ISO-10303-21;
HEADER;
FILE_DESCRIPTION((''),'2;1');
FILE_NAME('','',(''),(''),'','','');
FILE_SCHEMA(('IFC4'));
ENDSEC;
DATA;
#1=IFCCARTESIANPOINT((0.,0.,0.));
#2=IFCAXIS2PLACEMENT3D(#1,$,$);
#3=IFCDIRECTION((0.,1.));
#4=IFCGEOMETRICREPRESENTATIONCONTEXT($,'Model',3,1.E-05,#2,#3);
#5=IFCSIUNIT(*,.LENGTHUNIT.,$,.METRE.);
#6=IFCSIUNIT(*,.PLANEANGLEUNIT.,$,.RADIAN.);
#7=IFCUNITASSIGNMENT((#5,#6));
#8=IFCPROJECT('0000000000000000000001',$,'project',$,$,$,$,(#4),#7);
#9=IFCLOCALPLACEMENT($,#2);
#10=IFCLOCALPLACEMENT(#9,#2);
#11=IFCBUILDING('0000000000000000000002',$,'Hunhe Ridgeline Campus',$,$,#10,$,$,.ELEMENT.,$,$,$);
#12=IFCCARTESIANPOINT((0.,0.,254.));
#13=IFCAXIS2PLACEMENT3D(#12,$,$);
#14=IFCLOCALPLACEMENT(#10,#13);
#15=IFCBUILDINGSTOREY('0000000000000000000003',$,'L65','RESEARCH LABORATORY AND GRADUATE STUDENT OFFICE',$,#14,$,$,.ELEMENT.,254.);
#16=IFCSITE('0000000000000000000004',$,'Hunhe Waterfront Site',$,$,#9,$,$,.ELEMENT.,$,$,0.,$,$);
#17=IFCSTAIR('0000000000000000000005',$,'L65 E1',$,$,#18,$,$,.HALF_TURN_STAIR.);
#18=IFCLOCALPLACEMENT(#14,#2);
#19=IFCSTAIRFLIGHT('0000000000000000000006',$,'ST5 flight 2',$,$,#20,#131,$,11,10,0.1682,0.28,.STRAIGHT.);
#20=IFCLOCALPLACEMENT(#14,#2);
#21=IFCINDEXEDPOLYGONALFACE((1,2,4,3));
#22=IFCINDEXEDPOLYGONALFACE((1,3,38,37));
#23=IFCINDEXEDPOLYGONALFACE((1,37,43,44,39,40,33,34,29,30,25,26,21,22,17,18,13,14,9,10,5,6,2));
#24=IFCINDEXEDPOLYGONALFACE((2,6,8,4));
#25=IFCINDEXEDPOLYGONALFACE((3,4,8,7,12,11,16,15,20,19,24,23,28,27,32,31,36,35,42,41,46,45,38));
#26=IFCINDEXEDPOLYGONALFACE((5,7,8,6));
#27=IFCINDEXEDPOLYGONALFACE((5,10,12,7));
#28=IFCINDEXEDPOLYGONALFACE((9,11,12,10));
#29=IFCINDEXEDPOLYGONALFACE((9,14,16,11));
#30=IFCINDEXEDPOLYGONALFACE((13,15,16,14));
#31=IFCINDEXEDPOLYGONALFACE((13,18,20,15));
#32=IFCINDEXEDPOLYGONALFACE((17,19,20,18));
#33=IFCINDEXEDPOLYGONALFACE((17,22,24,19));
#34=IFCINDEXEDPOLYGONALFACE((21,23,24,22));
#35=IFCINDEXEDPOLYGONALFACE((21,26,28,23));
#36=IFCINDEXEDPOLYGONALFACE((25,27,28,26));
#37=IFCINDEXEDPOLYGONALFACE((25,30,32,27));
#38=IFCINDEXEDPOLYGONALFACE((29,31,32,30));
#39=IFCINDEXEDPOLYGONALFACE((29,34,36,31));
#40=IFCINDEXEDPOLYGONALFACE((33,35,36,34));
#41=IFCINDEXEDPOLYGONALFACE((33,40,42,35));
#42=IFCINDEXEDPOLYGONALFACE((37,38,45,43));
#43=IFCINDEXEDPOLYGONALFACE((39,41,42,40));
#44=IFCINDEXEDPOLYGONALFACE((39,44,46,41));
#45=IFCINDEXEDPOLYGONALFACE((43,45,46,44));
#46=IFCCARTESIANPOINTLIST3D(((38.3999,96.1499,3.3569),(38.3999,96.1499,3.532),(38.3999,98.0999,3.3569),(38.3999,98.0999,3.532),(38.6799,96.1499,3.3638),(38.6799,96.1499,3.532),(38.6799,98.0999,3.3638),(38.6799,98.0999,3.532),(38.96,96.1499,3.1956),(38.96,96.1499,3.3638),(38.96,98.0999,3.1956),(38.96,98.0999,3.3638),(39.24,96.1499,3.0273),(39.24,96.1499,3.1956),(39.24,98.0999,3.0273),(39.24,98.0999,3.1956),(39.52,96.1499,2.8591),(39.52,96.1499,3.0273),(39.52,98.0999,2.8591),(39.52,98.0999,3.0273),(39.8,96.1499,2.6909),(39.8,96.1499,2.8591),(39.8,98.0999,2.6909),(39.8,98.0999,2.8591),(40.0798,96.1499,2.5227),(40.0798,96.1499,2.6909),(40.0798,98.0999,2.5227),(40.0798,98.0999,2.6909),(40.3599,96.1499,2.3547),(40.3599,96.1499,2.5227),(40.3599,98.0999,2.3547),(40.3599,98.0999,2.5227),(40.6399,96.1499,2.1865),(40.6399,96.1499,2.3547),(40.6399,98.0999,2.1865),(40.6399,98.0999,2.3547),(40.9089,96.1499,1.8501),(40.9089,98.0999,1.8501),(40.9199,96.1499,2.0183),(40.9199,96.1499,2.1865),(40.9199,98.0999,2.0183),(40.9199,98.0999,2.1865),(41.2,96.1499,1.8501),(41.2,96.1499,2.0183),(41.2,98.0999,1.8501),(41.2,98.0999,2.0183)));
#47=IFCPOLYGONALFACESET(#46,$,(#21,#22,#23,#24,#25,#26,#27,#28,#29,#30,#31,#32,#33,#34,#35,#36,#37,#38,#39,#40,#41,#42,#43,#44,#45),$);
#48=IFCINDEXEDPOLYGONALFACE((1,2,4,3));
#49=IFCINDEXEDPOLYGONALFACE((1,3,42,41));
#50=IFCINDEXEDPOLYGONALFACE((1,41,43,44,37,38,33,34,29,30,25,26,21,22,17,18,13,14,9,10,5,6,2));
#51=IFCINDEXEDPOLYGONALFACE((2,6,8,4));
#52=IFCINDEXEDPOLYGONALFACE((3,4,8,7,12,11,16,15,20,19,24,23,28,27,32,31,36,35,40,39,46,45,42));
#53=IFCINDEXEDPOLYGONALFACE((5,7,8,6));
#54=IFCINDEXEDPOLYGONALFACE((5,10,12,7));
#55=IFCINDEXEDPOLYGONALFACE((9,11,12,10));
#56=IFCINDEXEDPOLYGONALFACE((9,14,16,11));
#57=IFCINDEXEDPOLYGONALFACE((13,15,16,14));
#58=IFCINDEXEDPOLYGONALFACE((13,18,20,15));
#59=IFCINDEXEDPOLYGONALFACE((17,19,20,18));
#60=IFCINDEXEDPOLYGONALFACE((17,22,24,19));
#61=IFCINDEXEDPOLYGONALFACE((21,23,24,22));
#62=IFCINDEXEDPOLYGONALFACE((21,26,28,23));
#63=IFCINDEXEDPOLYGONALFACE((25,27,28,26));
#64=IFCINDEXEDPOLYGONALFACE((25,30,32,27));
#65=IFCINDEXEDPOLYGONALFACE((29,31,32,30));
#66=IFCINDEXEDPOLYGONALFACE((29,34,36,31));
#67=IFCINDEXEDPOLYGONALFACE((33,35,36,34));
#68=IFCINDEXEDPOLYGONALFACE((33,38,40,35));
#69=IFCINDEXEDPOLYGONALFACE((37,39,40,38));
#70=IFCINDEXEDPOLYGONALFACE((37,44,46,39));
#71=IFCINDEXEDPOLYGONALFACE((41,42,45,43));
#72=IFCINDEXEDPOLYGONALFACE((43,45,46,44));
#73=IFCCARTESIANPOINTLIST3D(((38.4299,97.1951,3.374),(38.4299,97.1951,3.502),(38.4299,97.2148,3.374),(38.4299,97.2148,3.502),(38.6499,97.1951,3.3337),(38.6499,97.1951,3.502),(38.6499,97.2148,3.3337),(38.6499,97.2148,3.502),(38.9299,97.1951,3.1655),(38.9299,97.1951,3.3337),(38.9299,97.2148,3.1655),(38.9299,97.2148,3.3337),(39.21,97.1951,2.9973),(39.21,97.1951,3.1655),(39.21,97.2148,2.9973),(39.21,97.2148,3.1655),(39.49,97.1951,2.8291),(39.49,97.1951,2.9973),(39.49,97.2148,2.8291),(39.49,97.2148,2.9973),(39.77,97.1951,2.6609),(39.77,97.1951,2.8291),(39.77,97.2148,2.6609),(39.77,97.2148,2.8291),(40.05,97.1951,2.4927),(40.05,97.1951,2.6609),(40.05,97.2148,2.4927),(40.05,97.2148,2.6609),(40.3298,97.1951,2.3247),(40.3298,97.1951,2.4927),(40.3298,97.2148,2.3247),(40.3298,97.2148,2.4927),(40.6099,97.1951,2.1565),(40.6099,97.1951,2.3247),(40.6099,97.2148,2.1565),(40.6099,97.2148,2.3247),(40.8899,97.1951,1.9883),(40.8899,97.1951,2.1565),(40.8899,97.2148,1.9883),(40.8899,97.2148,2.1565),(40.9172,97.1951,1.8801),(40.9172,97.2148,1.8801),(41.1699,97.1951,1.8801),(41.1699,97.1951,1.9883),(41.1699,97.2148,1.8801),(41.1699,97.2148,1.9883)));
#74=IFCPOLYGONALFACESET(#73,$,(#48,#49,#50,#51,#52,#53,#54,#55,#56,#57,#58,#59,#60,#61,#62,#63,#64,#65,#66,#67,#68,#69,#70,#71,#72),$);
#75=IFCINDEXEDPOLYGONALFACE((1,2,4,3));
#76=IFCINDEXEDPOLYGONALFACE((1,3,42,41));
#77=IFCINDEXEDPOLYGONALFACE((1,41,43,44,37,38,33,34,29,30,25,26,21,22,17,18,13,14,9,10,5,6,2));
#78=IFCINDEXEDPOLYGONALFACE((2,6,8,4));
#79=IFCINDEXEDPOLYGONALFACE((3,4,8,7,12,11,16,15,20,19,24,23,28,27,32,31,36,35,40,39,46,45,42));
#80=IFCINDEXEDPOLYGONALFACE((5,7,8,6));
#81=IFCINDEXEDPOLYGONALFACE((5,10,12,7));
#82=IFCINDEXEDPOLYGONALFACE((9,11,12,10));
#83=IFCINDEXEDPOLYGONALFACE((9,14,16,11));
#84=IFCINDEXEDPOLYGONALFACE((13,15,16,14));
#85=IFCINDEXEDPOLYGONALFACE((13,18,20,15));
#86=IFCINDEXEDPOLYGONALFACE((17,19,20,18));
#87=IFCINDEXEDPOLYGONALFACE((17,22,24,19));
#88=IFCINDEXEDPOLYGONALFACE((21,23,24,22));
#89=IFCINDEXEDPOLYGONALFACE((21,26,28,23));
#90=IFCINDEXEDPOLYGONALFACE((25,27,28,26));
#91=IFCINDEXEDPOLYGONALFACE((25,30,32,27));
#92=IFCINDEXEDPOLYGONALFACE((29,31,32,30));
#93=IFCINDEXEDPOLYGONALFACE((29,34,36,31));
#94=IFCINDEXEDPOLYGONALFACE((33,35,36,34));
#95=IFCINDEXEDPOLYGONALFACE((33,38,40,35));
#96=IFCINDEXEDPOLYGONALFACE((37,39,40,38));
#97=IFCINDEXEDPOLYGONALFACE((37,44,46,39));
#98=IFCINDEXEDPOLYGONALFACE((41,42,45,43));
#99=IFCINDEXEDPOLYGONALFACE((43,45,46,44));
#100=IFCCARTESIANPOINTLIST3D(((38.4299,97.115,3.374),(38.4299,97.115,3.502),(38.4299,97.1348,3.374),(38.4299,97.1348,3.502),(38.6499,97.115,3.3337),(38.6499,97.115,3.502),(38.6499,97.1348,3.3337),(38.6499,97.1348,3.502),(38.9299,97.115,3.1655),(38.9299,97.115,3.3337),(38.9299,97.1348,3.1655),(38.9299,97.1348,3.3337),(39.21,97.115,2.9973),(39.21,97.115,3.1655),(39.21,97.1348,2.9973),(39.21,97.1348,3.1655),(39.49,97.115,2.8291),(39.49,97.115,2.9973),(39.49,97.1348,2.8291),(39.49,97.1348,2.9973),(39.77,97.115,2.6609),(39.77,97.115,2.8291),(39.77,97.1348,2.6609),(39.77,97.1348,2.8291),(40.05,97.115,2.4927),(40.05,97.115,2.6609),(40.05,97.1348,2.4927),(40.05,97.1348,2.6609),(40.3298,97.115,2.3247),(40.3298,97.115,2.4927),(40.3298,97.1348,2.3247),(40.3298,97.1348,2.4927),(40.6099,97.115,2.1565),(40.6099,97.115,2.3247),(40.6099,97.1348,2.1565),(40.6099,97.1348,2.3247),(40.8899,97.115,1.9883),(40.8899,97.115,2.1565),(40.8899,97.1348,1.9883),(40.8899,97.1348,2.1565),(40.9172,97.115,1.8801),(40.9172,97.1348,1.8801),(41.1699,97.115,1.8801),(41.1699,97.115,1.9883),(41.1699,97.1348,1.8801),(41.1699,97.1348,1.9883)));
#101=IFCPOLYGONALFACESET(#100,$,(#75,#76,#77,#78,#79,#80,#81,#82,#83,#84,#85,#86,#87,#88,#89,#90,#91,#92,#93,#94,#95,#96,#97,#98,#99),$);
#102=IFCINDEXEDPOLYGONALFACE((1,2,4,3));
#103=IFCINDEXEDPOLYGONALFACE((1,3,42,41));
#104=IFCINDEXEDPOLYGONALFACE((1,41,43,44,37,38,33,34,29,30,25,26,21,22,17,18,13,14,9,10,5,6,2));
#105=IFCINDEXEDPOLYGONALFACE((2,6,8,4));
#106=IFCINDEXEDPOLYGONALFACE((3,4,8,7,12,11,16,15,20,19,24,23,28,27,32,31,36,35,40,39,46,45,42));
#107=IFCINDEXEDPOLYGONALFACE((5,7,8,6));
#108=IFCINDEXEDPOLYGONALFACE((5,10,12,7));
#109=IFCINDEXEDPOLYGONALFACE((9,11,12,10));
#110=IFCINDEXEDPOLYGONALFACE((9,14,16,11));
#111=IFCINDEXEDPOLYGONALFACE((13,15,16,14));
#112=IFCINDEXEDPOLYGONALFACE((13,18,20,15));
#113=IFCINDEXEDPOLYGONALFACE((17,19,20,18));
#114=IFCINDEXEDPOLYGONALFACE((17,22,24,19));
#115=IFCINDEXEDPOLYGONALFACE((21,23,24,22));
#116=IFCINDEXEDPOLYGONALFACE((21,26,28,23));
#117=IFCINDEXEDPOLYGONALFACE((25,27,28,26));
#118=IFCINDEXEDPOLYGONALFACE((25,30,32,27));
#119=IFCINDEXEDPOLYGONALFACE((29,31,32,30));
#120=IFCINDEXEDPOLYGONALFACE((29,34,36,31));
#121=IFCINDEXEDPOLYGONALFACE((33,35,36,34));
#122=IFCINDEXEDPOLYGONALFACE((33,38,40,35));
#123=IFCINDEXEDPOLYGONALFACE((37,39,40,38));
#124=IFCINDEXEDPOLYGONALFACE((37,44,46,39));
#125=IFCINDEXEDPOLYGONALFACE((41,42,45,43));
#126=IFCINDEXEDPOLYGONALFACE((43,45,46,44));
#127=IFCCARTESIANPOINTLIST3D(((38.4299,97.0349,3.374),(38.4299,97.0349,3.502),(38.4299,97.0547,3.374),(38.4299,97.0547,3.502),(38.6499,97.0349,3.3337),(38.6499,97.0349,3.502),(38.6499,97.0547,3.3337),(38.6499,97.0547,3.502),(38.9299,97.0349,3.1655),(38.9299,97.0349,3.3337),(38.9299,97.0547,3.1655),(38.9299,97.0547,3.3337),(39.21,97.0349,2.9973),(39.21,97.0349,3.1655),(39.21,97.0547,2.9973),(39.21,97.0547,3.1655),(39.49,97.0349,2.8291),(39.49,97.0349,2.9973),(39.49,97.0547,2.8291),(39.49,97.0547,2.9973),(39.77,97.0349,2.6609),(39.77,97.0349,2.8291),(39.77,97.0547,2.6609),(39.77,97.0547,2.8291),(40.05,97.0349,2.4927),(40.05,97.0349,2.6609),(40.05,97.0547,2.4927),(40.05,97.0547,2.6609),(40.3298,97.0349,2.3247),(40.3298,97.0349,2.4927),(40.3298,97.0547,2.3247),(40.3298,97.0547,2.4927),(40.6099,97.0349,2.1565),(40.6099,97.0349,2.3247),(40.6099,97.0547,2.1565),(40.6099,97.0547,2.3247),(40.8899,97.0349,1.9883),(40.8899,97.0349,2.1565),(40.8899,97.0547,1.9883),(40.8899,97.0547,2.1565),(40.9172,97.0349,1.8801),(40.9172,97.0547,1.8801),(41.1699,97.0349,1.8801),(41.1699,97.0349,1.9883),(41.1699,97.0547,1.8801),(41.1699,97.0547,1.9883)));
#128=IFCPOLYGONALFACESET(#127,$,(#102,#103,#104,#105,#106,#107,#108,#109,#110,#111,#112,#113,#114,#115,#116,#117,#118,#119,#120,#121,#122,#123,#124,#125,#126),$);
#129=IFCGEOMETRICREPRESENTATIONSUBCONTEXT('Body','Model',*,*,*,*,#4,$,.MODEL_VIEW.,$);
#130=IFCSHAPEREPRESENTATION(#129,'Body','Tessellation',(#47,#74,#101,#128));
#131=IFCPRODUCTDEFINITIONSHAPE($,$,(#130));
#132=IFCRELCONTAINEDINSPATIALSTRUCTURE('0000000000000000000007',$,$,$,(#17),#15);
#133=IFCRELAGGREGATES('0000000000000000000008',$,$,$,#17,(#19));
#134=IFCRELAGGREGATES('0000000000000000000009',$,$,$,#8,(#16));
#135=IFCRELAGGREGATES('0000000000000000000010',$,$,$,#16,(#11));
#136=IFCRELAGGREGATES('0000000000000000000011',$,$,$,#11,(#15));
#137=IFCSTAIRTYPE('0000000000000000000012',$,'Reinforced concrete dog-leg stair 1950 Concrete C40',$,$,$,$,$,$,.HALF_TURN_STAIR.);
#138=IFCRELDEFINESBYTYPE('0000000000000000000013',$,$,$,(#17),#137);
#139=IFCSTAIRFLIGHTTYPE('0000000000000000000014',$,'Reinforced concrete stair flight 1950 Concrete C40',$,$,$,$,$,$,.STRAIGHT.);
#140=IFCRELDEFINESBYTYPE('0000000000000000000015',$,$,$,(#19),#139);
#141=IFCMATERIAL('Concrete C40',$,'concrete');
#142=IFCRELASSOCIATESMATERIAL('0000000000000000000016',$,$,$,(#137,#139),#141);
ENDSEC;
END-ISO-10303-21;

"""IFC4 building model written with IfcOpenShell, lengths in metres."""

from ifc_helpers import new_model, si_unit, direction, frame, origin, place, context, subcontext, project, spatial, polyline, outline, extrude, material, type_object, element, aggregate, save


model = new_model("IFC4")

# Units and contexts
model_context = context("Model", 3, precision=1e-05, world=origin(), true_north=direction((0.0, 1.0)))
body_context = subcontext(model_context, "Body", "Model", "MODEL_VIEW")
ifc_project = project(units=[si_unit("LENGTHUNIT", "METRE"), si_unit("PLANEANGLEUNIT", "RADIAN")], contexts=[model_context])

# Site, building, storey
site_placement = place(None, origin())
site = spatial("IfcSite", under=ifc_project, at=site_placement, Name="Hunhe Waterfront Site", CompositionType="ELEMENT", RefElevation=0.0)
building_placement = place(site_placement, origin())
building = spatial("IfcBuilding", under=site, at=building_placement, Name="Hunhe Ridgeline Campus", CompositionType="ELEMENT")
storey_placement = place(building_placement, frame((0.0, 0.0, 254.0)))
storey = spatial("IfcBuildingStorey", under=building, at=storey_placement, Name="L65", Description="RESEARCH LABORATORY AND GRADUATE STUDENT OFFICE", CompositionType="ELEMENT", Elevation=254.0)

# Stair, stair flight
ifc_material_1 = material(Name="Concrete C40", Category="concrete")
stair_type = type_object("IfcStairType", Name="Reinforced concrete dog-leg stair 1950 Concrete C40", PredefinedType="HALF_TURN_STAIR", material=ifc_material_1)
stair_placement = place(storey_placement, origin())
stair = element("IfcStair", 1, at=stair_placement, inside=storey, type_object=stair_type, Name="L65 E1", PredefinedType="HALF_TURN_STAIR")
stair_flight_type = type_object("IfcStairFlightType", Name="Reinforced concrete stair flight 1950 Concrete C40", PredefinedType="STRAIGHT", material=ifc_material_1)
stair_flight_1_placement = place(storey_placement, frame((41.2, 97.125, 1.8501), z_axis=(0.0, 0.0, 1.0), x_axis=(-1.0, 0.0, 0.0)))
stair_flight_1 = element("IfcStairFlight", 2, at=stair_flight_1_placement, type_object=stair_flight_type, Name="ST5 flight 2", NumberOfRisers=11, NumberOfTreads=10, PredefinedType="STRAIGHT", RiserHeight=0.1682, TreadLength=0.28, context=body_context, shape_type="SweptSolid", body=[
    extrude(outline(polyline([(0.0, 0.0), (0.0, 0.1682), (0.28, 0.1682), (0.28, 0.3364), (0.5601, 0.3364), (0.5601, 0.5046), (0.8401, 0.5046), (0.8401, 0.6726), (1.1201, 0.6726), (1.1201, 0.8408), (1.3999, 0.8408), (1.3999, 1.009), (1.6799, 1.009), (1.6799, 1.1772), (1.96, 1.1772), (1.96, 1.3455), (2.24, 1.3455), (2.24, 1.5137), (2.52, 1.5137), (2.52, 1.6819), (2.8, 1.6819), (2.8, 1.8501), (2.8, 1.5068), (0.291, 0.0), (0.0, 0.0)])), frame((0.0, 0.9751, 0.0), z_axis=(0.0, -1.0, 0.0), x_axis=(1.0, 0.0, 0.0)), (0.0, 0.0, 1.0), 1.95),
    extrude(outline(polyline([(0.03, 0.03), (0.03, 0.1382), (0.3101, 0.1382), (0.3101, 0.3064), (0.5901, 0.3064), (0.5901, 0.4746), (0.8701, 0.4746), (0.8701, 0.6426), (1.1499, 0.6426), (1.1499, 0.8108), (1.4299, 0.8108), (1.4299, 0.979), (1.71, 0.979), (1.71, 1.1472), (1.99, 1.1472), (1.99, 1.3154), (2.27, 1.3154), (2.27, 1.4836), (2.55, 1.4836), (2.55, 1.6519), (2.77, 1.6519), (2.77, 1.5239), (0.2827, 0.03), (0.03, 0.03)])), frame((0.0, -0.0701, 0.0), z_axis=(0.0, -1.0, 0.0), x_axis=(1.0, 0.0, 0.0)), (0.0, 0.0, 1.0), 0.0198),
    extrude(outline(polyline([(0.03, 0.03), (0.03, 0.1382), (0.3101, 0.1382), (0.3101, 0.3064), (0.5901, 0.3064), (0.5901, 0.4746), (0.8701, 0.4746), (0.8701, 0.6426), (1.1499, 0.6426), (1.1499, 0.8108), (1.4299, 0.8108), (1.4299, 0.979), (1.71, 0.979), (1.71, 1.1472), (1.99, 1.1472), (1.99, 1.3154), (2.27, 1.3154), (2.27, 1.4836), (2.55, 1.4836), (2.55, 1.6519), (2.77, 1.6519), (2.77, 1.5239), (0.2827, 0.03), (0.03, 0.03)])), frame((0.0, 0.01, 0.0), z_axis=(0.0, -1.0, 0.0), x_axis=(1.0, 0.0, 0.0)), (0.0, 0.0, 1.0), 0.0198),
    extrude(outline(polyline([(0.03, 0.03), (0.03, 0.1382), (0.3101, 0.1382), (0.3101, 0.3064), (0.5901, 0.3064), (0.5901, 0.4746), (0.8701, 0.4746), (0.8701, 0.6426), (1.1499, 0.6426), (1.1499, 0.8108), (1.4299, 0.8108), (1.4299, 0.979), (1.71, 0.979), (1.71, 1.1472), (1.99, 1.1472), (1.99, 1.3154), (2.27, 1.3154), (2.27, 1.4836), (2.55, 1.4836), (2.55, 1.6519), (2.77, 1.6519), (2.77, 1.5239), (0.2827, 0.03), (0.03, 0.03)])), frame((0.0, 0.0901, 0.0), z_axis=(0.0, -1.0, 0.0), x_axis=(1.0, 0.0, 0.0)), (0.0, 0.0, 1.0), 0.0198),
])
aggregate(stair, [stair_flight_1])

save(model, "model.ifc")
